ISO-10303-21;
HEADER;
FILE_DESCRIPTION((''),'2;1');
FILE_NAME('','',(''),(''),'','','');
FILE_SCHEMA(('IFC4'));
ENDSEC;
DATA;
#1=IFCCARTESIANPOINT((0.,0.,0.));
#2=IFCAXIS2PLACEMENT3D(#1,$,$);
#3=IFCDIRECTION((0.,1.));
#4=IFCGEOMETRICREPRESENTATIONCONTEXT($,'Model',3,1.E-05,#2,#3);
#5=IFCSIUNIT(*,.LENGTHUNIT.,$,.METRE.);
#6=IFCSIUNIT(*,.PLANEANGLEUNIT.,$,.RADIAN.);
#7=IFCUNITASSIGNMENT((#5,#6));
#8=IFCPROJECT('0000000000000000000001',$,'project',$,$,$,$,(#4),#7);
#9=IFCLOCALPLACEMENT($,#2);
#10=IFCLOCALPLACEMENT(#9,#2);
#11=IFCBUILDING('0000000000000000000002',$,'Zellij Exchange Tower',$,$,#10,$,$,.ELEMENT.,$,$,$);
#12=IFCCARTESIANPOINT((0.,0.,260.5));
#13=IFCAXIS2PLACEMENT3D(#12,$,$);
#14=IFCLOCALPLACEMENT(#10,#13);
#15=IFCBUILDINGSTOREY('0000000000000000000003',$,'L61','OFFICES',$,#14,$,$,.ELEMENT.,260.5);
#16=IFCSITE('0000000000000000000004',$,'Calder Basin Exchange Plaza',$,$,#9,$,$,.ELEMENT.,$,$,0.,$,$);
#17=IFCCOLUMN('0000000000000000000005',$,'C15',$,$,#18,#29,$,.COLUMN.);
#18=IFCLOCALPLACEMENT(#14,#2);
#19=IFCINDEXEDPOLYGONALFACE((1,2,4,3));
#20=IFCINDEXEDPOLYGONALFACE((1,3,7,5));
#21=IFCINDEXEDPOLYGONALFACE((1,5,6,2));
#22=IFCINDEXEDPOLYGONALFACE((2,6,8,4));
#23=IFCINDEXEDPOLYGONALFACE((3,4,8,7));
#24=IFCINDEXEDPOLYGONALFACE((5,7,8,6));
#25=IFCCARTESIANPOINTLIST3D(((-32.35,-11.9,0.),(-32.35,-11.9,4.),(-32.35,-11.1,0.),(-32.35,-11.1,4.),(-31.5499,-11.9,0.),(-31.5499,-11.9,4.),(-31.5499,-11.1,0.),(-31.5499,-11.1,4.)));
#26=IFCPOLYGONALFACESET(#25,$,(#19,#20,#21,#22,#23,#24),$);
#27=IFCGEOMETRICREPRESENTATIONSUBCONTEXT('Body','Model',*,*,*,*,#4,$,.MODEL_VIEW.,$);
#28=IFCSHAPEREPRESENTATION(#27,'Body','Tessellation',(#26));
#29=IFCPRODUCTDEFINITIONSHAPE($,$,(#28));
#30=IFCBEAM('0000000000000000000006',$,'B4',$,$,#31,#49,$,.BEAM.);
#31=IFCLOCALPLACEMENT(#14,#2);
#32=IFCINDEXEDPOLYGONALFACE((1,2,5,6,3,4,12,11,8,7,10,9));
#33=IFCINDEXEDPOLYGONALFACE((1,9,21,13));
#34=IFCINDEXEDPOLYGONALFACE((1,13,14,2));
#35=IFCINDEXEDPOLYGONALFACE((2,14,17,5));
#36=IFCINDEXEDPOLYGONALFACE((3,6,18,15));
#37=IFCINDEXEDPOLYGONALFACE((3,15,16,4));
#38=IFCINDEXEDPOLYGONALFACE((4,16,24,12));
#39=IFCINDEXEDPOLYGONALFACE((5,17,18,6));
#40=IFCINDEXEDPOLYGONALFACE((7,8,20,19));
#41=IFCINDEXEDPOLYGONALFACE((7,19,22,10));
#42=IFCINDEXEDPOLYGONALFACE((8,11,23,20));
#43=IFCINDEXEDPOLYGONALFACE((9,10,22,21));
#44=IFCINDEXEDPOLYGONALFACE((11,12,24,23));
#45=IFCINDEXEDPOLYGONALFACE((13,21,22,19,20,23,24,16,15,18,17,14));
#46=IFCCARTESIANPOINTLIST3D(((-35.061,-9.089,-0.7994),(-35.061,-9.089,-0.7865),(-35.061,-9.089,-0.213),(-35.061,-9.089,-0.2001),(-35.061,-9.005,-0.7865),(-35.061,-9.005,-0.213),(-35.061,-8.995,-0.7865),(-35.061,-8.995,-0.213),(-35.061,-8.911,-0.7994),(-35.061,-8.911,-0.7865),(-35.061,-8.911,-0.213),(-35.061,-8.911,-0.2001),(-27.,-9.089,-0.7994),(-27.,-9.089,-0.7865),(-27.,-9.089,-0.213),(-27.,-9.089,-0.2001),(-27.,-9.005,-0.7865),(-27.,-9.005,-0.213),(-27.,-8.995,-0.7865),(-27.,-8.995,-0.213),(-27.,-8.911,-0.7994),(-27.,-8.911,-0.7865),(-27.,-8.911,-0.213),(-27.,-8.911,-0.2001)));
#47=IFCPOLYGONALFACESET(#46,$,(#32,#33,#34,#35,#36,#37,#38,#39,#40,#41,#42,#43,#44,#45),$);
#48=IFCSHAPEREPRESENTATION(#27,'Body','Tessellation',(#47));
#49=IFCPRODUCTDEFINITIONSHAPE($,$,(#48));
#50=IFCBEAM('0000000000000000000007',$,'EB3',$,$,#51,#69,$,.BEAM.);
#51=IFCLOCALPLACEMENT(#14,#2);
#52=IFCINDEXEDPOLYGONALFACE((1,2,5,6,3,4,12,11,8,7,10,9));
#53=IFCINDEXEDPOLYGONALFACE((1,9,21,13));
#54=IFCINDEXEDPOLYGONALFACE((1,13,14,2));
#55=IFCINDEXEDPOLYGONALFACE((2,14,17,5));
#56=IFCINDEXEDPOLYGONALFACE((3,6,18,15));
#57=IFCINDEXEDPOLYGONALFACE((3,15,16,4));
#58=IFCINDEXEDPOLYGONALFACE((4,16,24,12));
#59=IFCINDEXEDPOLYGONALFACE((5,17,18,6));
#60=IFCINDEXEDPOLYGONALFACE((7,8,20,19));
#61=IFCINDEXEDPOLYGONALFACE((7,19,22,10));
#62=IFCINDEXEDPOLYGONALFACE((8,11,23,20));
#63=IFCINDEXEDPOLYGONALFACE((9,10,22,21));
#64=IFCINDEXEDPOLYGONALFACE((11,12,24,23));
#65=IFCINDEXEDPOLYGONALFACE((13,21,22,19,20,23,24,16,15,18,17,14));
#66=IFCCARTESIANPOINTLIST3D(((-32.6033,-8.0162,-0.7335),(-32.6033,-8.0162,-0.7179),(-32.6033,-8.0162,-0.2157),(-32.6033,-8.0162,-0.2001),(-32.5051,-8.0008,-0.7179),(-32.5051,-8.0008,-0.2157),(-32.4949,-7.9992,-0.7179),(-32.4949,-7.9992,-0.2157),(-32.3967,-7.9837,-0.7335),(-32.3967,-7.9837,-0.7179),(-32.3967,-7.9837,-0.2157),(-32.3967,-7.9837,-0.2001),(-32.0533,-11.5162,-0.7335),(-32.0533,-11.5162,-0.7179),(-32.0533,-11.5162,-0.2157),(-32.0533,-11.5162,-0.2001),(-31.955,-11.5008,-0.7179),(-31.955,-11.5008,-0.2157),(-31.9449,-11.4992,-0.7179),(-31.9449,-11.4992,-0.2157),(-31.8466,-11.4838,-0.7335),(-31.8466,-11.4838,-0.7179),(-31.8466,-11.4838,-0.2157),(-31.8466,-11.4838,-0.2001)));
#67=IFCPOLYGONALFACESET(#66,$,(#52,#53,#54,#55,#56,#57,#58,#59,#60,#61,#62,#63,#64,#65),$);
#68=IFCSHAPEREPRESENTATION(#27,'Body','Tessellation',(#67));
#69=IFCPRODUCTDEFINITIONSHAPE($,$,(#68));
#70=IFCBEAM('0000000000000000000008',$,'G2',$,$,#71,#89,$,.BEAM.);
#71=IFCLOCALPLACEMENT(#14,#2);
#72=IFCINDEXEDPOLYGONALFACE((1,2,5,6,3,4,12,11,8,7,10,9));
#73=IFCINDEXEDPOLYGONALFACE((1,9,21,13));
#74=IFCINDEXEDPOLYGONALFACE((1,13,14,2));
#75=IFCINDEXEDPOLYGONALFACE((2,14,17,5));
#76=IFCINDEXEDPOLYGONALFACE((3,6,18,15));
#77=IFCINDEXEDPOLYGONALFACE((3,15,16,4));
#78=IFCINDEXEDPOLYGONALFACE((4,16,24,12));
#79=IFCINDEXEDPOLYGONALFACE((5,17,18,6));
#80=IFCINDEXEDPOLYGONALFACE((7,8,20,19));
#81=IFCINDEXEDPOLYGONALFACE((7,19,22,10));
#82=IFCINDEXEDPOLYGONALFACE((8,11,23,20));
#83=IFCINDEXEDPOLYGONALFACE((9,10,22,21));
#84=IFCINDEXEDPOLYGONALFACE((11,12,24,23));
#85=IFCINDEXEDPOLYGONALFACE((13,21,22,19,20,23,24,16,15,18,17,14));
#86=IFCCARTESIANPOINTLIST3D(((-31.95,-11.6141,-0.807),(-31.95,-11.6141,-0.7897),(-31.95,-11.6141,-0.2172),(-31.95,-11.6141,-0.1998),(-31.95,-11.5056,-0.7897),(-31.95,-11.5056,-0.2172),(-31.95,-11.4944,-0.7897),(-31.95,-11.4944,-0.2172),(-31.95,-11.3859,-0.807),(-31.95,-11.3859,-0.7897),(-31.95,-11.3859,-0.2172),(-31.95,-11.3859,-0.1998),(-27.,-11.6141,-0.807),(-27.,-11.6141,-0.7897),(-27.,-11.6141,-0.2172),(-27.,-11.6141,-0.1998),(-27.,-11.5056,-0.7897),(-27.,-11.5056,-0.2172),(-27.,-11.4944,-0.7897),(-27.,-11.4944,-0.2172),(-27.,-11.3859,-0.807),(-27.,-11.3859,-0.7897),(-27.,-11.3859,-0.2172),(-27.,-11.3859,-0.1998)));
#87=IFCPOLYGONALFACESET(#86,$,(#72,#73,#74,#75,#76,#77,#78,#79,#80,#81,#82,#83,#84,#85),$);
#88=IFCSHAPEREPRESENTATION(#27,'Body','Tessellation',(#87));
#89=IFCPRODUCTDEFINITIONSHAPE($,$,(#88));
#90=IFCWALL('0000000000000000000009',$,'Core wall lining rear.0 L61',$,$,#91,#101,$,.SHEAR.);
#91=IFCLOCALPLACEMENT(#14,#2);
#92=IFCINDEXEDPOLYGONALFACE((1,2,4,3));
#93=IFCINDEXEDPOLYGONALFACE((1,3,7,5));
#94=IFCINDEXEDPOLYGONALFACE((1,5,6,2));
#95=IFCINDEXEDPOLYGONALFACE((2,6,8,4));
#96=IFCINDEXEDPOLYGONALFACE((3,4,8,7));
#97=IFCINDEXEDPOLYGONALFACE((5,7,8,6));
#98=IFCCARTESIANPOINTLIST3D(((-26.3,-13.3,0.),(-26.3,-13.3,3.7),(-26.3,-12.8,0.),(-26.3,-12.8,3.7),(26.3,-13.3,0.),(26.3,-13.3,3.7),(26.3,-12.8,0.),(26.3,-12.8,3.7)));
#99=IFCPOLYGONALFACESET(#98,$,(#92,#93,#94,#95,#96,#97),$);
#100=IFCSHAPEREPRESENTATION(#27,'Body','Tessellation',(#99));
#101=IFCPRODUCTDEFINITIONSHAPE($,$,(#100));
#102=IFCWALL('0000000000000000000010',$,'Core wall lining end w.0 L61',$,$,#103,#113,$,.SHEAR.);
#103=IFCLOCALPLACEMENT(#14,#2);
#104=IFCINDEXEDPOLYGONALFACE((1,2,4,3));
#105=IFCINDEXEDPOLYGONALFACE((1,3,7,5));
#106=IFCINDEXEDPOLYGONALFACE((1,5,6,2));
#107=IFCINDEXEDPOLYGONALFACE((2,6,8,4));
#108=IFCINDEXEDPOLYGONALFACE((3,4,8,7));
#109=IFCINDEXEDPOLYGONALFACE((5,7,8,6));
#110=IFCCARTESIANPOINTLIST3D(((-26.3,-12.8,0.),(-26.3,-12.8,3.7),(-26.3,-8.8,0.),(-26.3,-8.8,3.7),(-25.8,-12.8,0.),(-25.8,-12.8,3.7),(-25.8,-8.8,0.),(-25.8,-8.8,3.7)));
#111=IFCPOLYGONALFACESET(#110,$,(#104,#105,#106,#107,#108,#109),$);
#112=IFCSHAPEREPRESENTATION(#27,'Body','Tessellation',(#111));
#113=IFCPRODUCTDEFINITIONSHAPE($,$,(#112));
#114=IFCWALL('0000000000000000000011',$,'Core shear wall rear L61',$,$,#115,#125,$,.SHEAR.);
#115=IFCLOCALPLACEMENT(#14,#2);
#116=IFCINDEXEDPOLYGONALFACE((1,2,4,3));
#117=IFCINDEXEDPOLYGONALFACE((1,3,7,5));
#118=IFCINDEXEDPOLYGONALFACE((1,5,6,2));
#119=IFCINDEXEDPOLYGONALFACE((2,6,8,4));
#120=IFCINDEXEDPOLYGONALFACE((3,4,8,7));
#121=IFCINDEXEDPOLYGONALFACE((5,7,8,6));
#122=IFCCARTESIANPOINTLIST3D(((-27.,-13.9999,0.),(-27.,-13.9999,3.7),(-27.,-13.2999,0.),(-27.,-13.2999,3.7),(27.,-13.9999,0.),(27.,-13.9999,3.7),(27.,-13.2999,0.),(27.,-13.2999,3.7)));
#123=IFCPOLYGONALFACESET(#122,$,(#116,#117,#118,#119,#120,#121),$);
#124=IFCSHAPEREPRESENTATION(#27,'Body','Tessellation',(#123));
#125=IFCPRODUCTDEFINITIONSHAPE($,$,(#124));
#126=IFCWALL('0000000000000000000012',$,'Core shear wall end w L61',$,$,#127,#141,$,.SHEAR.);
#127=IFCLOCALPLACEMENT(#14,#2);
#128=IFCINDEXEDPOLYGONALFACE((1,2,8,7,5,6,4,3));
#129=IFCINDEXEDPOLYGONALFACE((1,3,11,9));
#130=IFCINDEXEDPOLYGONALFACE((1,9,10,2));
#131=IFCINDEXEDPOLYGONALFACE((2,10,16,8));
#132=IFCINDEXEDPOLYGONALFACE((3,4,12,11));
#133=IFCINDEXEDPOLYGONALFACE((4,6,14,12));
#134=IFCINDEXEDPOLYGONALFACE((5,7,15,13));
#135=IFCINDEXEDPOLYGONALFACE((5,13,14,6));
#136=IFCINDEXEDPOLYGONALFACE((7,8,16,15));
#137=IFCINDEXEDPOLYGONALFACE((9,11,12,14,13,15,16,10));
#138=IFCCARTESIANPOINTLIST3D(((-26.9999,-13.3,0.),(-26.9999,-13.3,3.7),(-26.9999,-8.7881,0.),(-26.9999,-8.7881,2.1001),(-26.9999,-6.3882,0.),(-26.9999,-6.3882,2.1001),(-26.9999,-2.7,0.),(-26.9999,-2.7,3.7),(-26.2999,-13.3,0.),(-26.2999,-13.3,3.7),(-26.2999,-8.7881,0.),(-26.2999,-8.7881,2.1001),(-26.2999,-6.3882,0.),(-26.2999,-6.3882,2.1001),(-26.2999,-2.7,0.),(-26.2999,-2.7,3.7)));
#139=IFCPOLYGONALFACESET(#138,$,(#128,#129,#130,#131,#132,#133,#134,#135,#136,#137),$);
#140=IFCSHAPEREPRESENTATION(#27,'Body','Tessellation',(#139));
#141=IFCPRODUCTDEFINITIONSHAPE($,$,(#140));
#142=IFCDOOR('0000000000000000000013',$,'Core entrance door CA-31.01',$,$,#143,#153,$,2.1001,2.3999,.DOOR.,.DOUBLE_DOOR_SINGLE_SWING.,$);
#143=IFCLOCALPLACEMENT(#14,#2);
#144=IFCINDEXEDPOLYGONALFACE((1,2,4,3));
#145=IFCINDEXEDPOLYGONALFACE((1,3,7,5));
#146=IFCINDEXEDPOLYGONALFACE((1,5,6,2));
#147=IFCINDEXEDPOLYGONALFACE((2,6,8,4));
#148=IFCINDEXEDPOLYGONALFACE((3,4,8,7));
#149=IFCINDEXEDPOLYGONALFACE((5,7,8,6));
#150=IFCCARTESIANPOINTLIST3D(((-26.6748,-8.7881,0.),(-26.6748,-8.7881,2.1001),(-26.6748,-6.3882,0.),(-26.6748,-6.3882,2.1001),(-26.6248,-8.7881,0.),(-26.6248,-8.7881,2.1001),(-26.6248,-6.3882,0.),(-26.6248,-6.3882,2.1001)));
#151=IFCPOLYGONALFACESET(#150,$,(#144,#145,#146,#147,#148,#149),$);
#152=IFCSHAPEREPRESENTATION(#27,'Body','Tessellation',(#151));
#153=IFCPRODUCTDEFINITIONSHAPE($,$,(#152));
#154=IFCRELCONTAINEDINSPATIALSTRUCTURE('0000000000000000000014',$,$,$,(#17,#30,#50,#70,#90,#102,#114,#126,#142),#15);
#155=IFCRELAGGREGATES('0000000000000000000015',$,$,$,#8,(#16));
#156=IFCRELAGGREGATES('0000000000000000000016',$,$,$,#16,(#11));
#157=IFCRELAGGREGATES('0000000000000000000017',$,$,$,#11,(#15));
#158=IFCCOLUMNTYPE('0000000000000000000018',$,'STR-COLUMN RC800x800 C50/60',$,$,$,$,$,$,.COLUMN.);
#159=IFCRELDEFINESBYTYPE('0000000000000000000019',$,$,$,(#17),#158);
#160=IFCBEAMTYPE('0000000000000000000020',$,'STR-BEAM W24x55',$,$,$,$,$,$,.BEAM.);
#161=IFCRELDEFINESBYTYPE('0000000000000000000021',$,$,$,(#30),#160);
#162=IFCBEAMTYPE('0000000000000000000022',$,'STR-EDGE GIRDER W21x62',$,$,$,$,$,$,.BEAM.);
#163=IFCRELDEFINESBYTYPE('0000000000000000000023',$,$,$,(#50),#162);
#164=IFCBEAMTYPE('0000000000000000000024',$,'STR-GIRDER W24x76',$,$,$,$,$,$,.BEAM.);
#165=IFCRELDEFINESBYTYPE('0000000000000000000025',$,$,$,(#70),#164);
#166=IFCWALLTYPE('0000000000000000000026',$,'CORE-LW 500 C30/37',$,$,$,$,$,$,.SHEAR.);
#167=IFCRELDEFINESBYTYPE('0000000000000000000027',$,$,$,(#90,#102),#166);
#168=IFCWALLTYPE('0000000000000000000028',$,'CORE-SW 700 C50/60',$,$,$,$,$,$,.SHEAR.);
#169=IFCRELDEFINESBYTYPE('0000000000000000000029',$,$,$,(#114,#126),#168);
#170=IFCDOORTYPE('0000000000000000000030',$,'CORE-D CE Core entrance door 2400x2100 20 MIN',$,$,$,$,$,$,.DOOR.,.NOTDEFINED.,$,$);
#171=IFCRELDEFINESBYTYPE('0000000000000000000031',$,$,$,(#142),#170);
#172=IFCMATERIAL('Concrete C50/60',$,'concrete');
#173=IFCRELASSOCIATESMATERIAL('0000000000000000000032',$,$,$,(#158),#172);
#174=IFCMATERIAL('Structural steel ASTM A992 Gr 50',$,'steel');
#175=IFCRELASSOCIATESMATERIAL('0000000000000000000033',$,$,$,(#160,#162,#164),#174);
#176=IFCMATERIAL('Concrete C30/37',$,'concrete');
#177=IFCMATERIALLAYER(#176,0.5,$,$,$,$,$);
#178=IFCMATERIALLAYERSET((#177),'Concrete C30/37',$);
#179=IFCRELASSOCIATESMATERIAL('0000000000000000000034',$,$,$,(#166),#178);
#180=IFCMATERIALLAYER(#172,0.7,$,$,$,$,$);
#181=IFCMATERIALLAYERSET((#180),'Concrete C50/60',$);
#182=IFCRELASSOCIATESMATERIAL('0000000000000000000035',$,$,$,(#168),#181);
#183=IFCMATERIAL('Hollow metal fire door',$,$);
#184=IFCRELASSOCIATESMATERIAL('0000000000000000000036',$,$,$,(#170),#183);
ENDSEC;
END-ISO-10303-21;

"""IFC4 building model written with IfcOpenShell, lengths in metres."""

from ifc_helpers import new_model, si_unit, direction, frame, frame_2d, origin, origin_2d, place, context, subcontext, project, spatial, rectangle, i_section, extrude, material, layer, layer_set, material_profile, profile_set, type_object, element, fill, save


model = new_model("IFC4")

# Units and contexts
model_context = context("Model", 3, precision=1e-05, world=origin(), true_north=direction((0.0, 1.0)))
body_context = subcontext(model_context, "Body", "Model", "MODEL_VIEW")
ifc_project = project(units=[si_unit("LENGTHUNIT", "METRE"), si_unit("PLANEANGLEUNIT", "RADIAN")], contexts=[model_context])

# Site, building, storey
site_placement = place(None, origin())
site = spatial("IfcSite", under=ifc_project, at=site_placement, Name="Calder Basin Exchange Plaza", CompositionType="ELEMENT", RefElevation=0.0)
building_placement = place(site_placement, origin())
building = spatial("IfcBuilding", under=site, at=building_placement, Name="Zellij Exchange Tower", CompositionType="ELEMENT")
storey_placement = place(building_placement, frame((0.0, 0.0, 260.5)))
storey = spatial("IfcBuildingStorey", under=building, at=storey_placement, Name="L61", Description="OFFICES", CompositionType="ELEMENT", Elevation=260.5)

# Column
ifc_material_1 = material(Name="Concrete C50/60", Category="concrete")
ifc_material_profile_1 = material_profile(ifc_material_1, rectangle(XDim=0.8, YDim=0.8, at=origin_2d()), Name="STR-COLUMN RC800x800 C50/60")
ifc_profile_set_1 = profile_set([ifc_material_profile_1], Name="Concrete C50/60")
column_type = type_object("IfcColumnType", Name="STR-COLUMN RC800x800 C50/60", PredefinedType="COLUMN", material=ifc_profile_set_1)
column_placement = place(storey_placement, frame((-31.95, -11.5, 0.0), z_axis=(0.0, 0.0, 1.0), x_axis=(1.0, 0.0, 0.0)))
element("IfcColumn", 1, at=column_placement, inside=storey, type_object=column_type, Name="C15", PredefinedType="COLUMN", context=body_context, shape_type="SweptSolid", body=[
    extrude(rectangle(XDim=0.8, YDim=0.8, at=origin_2d()), origin(), (0.0, 0.0, 1.0), 4.0),
])

# Beams
ifc_material_2 = material(Name="Structural steel ASTM A992 Gr 50", Category="steel")
ifc_material_profile_2 = material_profile(ifc_material_2, i_section(OverallWidth=0.178, OverallDepth=0.5994, WebThickness=0.01, FlangeThickness=0.0129, at=origin_2d()), Name="W24x55")
ifc_profile_set_2 = profile_set([ifc_material_profile_2], Name="Structural steel ASTM A992 Gr 50")
beam_type_1 = type_object("IfcBeamType", Name="STR-BEAM W24x55", PredefinedType="BEAM", material=ifc_profile_set_2)
beam_1_placement = place(storey_placement, frame((-35.061, -9.0, -0.4998), z_axis=(1.0, 0.0, 0.0), x_axis=(0.0, 1.0, 0.0)))
element("IfcBeam", 2, at=beam_1_placement, inside=storey, type_object=beam_type_1, Name="B4", PredefinedType="BEAM", context=body_context, shape_type="SweptSolid", body=[
    extrude(i_section(OverallWidth=0.178, OverallDepth=0.5994, WebThickness=0.01, FlangeThickness=0.0129, at=origin_2d()), origin(), (0.0, 0.0, 1.0), 8.061),
])
ifc_material_profile_3 = material_profile(ifc_material_2, i_section(OverallWidth=0.2092, OverallDepth=0.5334, WebThickness=0.0103, FlangeThickness=0.0156, at=origin_2d()), Name="W21x62")
ifc_profile_set_3 = profile_set([ifc_material_profile_3], Name="Structural steel ASTM A992 Gr 50")
beam_type_2 = type_object("IfcBeamType", Name="STR-EDGE GIRDER W21x62", PredefinedType="BEAM", material=ifc_profile_set_3)
beam_2_placement = place(storey_placement, frame((-31.95, -11.5, -0.4668), z_axis=(-0.155251, 0.987875, 0.0), x_axis=(-0.987875, -0.155251, 0.0)))
element("IfcBeam", 3, at=beam_2_placement, inside=storey, type_object=beam_type_2, Name="EB3", PredefinedType="BEAM", context=body_context, shape_type="SweptSolid", body=[
    extrude(i_section(OverallWidth=0.2092, OverallDepth=0.5334, WebThickness=0.0103, FlangeThickness=0.0156, at=origin_2d()), origin(), (0.0, 0.0, 1.0), 3.543),
])
ifc_material_profile_4 = material_profile(ifc_material_2, i_section(OverallWidth=0.2283, OverallDepth=0.6072, WebThickness=0.0112, FlangeThickness=0.0173, at=origin_2d()), Name="W24x76")
ifc_profile_set_4 = profile_set([ifc_material_profile_4], Name="Structural steel ASTM A992 Gr 50")
beam_type_3 = type_object("IfcBeamType", Name="STR-GIRDER W24x76", PredefinedType="BEAM", material=ifc_profile_set_4)
beam_3_placement = place(storey_placement, frame((-31.95, -11.5, -0.5034), z_axis=(1.0, 0.0, 0.0), x_axis=(0.0, 1.0, 0.0)))
element("IfcBeam", 4, at=beam_3_placement, inside=storey, type_object=beam_type_3, Name="G2", PredefinedType="BEAM", context=body_context, shape_type="SweptSolid", body=[
    extrude(i_section(OverallWidth=0.2283, OverallDepth=0.6072, WebThickness=0.0112, FlangeThickness=0.0173, at=origin_2d()), origin(), (0.0, 0.0, 1.0), 4.95),
])

# Walls
ifc_material_3 = material(Name="Concrete C30/37", Category="concrete")
ifc_layer_1 = layer(ifc_material_3, 0.5)
ifc_layer_set_1 = layer_set([ifc_layer_1], Name="Concrete C30/37")
wall_type_1 = type_object("IfcWallType", Name="CORE-LW 500 C30/37", PredefinedType="SHEAR", material=ifc_layer_set_1)
wall_1_placement = place(storey_placement, frame((-26.3, -13.05, 0.0), z_axis=(0.0, 0.0, 1.0), x_axis=(1.0, 0.0, 0.0)))
element("IfcWall", 5, at=wall_1_placement, inside=storey, type_object=wall_type_1, Name="Core wall lining rear.0 L61", PredefinedType="SHEAR", context=body_context, shape_type="SweptSolid", body=[
    extrude(rectangle(XDim=52.6001, YDim=0.5, at=frame_2d((26.3, 0.0))), origin(), (0.0, 0.0, 1.0), 3.7),
])
wall_2_placement = place(storey_placement, frame((-26.05, -12.8, 0.0), z_axis=(0.0, 0.0, 1.0), x_axis=(0.0, 1.0, 0.0)))
element("IfcWall", 6, at=wall_2_placement, inside=storey, type_object=wall_type_1, Name="Core wall lining end w.0 L61", PredefinedType="SHEAR", context=body_context, shape_type="SweptSolid", body=[
    extrude(rectangle(XDim=4.0, YDim=0.5, at=frame_2d((2.0, 0.0))), origin(), (0.0, 0.0, 1.0), 3.7),
])
ifc_layer_2 = layer(ifc_material_1, 0.7)
ifc_layer_set_2 = layer_set([ifc_layer_2], Name="Concrete C50/60")
wall_type_2 = type_object("IfcWallType", Name="CORE-SW 700 C50/60", PredefinedType="SHEAR", material=ifc_layer_set_2)
wall_3_placement = place(storey_placement, frame((-27.0, -13.6499, 0.0), z_axis=(0.0, 0.0, 1.0), x_axis=(1.0, 0.0, 0.0)))
element("IfcWall", 7, at=wall_3_placement, inside=storey, type_object=wall_type_2, Name="Core shear wall rear L61", PredefinedType="SHEAR", context=body_context, shape_type="SweptSolid", body=[
    extrude(rectangle(XDim=54.0, YDim=0.7, at=frame_2d((27.0, 0.0))), origin(), (0.0, 0.0, 1.0), 3.7),
])

# Wall, opening, door
wall_4_placement = place(storey_placement, frame((-26.6499, -13.3, 0.0), z_axis=(0.0, 0.0, 1.0), x_axis=(0.0, 1.0, 0.0)))
wall_4 = element("IfcWall", 8, at=wall_4_placement, inside=storey, type_object=wall_type_2, Name="Core shear wall end w L61", PredefinedType="SHEAR", context=body_context, shape_type="SweptSolid", body=[
    extrude(rectangle(XDim=10.6001, YDim=0.7, at=frame_2d((5.3, 0.0))), origin(), (0.0, 0.0, 1.0), 3.7),
])
opening_1_placement = place(wall_4_placement, frame((4.512, 0.0, 0.0)))
opening_1 = element("IfcOpeningElement", 9, at=opening_1_placement, cuts=wall_4, PredefinedType="OPENING", context=body_context, shape_type="SweptSolid", body=[
    extrude(rectangle(XDim=2.3999, YDim=2.1001, at=frame_2d((1.2, 1.05))), frame((0.0, 0.3618, 0.0), z_axis=(0.0, -1.0, 0.0), x_axis=(1.0, 0.0, 0.0)), (0.0, 0.0, 1.0), 0.7239),
])
ifc_material_4 = material(Name="Hollow metal fire door")
door_type_1 = type_object("IfcDoorType", Name="CORE-D CE Core entrance door 2400x2100 20 MIN", OperationType="NOTDEFINED", PredefinedType="DOOR", material=ifc_material_4)
door_1_placement = place(opening_1_placement, origin())
door_1 = element("IfcDoor", 10, at=door_1_placement, inside=storey, type_object=door_type_1, Name="Core entrance door CA-31.01", OperationType="DOUBLE_DOOR_SINGLE_SWING", OverallHeight=2.1001, OverallWidth=2.3999, PredefinedType="DOOR", context=body_context, shape_type="SweptSolid", body=[
    extrude(rectangle(XDim=2.3999, YDim=2.1001, at=frame_2d((1.2, 1.05))), frame((0.0, 0.0249, 0.0), z_axis=(0.0, -1.0, 0.0), x_axis=(1.0, 0.0, 0.0)), (0.0, 0.0, 1.0), 0.05),
])
fill(opening_1, door_1)

save(model, "model.ifc")
